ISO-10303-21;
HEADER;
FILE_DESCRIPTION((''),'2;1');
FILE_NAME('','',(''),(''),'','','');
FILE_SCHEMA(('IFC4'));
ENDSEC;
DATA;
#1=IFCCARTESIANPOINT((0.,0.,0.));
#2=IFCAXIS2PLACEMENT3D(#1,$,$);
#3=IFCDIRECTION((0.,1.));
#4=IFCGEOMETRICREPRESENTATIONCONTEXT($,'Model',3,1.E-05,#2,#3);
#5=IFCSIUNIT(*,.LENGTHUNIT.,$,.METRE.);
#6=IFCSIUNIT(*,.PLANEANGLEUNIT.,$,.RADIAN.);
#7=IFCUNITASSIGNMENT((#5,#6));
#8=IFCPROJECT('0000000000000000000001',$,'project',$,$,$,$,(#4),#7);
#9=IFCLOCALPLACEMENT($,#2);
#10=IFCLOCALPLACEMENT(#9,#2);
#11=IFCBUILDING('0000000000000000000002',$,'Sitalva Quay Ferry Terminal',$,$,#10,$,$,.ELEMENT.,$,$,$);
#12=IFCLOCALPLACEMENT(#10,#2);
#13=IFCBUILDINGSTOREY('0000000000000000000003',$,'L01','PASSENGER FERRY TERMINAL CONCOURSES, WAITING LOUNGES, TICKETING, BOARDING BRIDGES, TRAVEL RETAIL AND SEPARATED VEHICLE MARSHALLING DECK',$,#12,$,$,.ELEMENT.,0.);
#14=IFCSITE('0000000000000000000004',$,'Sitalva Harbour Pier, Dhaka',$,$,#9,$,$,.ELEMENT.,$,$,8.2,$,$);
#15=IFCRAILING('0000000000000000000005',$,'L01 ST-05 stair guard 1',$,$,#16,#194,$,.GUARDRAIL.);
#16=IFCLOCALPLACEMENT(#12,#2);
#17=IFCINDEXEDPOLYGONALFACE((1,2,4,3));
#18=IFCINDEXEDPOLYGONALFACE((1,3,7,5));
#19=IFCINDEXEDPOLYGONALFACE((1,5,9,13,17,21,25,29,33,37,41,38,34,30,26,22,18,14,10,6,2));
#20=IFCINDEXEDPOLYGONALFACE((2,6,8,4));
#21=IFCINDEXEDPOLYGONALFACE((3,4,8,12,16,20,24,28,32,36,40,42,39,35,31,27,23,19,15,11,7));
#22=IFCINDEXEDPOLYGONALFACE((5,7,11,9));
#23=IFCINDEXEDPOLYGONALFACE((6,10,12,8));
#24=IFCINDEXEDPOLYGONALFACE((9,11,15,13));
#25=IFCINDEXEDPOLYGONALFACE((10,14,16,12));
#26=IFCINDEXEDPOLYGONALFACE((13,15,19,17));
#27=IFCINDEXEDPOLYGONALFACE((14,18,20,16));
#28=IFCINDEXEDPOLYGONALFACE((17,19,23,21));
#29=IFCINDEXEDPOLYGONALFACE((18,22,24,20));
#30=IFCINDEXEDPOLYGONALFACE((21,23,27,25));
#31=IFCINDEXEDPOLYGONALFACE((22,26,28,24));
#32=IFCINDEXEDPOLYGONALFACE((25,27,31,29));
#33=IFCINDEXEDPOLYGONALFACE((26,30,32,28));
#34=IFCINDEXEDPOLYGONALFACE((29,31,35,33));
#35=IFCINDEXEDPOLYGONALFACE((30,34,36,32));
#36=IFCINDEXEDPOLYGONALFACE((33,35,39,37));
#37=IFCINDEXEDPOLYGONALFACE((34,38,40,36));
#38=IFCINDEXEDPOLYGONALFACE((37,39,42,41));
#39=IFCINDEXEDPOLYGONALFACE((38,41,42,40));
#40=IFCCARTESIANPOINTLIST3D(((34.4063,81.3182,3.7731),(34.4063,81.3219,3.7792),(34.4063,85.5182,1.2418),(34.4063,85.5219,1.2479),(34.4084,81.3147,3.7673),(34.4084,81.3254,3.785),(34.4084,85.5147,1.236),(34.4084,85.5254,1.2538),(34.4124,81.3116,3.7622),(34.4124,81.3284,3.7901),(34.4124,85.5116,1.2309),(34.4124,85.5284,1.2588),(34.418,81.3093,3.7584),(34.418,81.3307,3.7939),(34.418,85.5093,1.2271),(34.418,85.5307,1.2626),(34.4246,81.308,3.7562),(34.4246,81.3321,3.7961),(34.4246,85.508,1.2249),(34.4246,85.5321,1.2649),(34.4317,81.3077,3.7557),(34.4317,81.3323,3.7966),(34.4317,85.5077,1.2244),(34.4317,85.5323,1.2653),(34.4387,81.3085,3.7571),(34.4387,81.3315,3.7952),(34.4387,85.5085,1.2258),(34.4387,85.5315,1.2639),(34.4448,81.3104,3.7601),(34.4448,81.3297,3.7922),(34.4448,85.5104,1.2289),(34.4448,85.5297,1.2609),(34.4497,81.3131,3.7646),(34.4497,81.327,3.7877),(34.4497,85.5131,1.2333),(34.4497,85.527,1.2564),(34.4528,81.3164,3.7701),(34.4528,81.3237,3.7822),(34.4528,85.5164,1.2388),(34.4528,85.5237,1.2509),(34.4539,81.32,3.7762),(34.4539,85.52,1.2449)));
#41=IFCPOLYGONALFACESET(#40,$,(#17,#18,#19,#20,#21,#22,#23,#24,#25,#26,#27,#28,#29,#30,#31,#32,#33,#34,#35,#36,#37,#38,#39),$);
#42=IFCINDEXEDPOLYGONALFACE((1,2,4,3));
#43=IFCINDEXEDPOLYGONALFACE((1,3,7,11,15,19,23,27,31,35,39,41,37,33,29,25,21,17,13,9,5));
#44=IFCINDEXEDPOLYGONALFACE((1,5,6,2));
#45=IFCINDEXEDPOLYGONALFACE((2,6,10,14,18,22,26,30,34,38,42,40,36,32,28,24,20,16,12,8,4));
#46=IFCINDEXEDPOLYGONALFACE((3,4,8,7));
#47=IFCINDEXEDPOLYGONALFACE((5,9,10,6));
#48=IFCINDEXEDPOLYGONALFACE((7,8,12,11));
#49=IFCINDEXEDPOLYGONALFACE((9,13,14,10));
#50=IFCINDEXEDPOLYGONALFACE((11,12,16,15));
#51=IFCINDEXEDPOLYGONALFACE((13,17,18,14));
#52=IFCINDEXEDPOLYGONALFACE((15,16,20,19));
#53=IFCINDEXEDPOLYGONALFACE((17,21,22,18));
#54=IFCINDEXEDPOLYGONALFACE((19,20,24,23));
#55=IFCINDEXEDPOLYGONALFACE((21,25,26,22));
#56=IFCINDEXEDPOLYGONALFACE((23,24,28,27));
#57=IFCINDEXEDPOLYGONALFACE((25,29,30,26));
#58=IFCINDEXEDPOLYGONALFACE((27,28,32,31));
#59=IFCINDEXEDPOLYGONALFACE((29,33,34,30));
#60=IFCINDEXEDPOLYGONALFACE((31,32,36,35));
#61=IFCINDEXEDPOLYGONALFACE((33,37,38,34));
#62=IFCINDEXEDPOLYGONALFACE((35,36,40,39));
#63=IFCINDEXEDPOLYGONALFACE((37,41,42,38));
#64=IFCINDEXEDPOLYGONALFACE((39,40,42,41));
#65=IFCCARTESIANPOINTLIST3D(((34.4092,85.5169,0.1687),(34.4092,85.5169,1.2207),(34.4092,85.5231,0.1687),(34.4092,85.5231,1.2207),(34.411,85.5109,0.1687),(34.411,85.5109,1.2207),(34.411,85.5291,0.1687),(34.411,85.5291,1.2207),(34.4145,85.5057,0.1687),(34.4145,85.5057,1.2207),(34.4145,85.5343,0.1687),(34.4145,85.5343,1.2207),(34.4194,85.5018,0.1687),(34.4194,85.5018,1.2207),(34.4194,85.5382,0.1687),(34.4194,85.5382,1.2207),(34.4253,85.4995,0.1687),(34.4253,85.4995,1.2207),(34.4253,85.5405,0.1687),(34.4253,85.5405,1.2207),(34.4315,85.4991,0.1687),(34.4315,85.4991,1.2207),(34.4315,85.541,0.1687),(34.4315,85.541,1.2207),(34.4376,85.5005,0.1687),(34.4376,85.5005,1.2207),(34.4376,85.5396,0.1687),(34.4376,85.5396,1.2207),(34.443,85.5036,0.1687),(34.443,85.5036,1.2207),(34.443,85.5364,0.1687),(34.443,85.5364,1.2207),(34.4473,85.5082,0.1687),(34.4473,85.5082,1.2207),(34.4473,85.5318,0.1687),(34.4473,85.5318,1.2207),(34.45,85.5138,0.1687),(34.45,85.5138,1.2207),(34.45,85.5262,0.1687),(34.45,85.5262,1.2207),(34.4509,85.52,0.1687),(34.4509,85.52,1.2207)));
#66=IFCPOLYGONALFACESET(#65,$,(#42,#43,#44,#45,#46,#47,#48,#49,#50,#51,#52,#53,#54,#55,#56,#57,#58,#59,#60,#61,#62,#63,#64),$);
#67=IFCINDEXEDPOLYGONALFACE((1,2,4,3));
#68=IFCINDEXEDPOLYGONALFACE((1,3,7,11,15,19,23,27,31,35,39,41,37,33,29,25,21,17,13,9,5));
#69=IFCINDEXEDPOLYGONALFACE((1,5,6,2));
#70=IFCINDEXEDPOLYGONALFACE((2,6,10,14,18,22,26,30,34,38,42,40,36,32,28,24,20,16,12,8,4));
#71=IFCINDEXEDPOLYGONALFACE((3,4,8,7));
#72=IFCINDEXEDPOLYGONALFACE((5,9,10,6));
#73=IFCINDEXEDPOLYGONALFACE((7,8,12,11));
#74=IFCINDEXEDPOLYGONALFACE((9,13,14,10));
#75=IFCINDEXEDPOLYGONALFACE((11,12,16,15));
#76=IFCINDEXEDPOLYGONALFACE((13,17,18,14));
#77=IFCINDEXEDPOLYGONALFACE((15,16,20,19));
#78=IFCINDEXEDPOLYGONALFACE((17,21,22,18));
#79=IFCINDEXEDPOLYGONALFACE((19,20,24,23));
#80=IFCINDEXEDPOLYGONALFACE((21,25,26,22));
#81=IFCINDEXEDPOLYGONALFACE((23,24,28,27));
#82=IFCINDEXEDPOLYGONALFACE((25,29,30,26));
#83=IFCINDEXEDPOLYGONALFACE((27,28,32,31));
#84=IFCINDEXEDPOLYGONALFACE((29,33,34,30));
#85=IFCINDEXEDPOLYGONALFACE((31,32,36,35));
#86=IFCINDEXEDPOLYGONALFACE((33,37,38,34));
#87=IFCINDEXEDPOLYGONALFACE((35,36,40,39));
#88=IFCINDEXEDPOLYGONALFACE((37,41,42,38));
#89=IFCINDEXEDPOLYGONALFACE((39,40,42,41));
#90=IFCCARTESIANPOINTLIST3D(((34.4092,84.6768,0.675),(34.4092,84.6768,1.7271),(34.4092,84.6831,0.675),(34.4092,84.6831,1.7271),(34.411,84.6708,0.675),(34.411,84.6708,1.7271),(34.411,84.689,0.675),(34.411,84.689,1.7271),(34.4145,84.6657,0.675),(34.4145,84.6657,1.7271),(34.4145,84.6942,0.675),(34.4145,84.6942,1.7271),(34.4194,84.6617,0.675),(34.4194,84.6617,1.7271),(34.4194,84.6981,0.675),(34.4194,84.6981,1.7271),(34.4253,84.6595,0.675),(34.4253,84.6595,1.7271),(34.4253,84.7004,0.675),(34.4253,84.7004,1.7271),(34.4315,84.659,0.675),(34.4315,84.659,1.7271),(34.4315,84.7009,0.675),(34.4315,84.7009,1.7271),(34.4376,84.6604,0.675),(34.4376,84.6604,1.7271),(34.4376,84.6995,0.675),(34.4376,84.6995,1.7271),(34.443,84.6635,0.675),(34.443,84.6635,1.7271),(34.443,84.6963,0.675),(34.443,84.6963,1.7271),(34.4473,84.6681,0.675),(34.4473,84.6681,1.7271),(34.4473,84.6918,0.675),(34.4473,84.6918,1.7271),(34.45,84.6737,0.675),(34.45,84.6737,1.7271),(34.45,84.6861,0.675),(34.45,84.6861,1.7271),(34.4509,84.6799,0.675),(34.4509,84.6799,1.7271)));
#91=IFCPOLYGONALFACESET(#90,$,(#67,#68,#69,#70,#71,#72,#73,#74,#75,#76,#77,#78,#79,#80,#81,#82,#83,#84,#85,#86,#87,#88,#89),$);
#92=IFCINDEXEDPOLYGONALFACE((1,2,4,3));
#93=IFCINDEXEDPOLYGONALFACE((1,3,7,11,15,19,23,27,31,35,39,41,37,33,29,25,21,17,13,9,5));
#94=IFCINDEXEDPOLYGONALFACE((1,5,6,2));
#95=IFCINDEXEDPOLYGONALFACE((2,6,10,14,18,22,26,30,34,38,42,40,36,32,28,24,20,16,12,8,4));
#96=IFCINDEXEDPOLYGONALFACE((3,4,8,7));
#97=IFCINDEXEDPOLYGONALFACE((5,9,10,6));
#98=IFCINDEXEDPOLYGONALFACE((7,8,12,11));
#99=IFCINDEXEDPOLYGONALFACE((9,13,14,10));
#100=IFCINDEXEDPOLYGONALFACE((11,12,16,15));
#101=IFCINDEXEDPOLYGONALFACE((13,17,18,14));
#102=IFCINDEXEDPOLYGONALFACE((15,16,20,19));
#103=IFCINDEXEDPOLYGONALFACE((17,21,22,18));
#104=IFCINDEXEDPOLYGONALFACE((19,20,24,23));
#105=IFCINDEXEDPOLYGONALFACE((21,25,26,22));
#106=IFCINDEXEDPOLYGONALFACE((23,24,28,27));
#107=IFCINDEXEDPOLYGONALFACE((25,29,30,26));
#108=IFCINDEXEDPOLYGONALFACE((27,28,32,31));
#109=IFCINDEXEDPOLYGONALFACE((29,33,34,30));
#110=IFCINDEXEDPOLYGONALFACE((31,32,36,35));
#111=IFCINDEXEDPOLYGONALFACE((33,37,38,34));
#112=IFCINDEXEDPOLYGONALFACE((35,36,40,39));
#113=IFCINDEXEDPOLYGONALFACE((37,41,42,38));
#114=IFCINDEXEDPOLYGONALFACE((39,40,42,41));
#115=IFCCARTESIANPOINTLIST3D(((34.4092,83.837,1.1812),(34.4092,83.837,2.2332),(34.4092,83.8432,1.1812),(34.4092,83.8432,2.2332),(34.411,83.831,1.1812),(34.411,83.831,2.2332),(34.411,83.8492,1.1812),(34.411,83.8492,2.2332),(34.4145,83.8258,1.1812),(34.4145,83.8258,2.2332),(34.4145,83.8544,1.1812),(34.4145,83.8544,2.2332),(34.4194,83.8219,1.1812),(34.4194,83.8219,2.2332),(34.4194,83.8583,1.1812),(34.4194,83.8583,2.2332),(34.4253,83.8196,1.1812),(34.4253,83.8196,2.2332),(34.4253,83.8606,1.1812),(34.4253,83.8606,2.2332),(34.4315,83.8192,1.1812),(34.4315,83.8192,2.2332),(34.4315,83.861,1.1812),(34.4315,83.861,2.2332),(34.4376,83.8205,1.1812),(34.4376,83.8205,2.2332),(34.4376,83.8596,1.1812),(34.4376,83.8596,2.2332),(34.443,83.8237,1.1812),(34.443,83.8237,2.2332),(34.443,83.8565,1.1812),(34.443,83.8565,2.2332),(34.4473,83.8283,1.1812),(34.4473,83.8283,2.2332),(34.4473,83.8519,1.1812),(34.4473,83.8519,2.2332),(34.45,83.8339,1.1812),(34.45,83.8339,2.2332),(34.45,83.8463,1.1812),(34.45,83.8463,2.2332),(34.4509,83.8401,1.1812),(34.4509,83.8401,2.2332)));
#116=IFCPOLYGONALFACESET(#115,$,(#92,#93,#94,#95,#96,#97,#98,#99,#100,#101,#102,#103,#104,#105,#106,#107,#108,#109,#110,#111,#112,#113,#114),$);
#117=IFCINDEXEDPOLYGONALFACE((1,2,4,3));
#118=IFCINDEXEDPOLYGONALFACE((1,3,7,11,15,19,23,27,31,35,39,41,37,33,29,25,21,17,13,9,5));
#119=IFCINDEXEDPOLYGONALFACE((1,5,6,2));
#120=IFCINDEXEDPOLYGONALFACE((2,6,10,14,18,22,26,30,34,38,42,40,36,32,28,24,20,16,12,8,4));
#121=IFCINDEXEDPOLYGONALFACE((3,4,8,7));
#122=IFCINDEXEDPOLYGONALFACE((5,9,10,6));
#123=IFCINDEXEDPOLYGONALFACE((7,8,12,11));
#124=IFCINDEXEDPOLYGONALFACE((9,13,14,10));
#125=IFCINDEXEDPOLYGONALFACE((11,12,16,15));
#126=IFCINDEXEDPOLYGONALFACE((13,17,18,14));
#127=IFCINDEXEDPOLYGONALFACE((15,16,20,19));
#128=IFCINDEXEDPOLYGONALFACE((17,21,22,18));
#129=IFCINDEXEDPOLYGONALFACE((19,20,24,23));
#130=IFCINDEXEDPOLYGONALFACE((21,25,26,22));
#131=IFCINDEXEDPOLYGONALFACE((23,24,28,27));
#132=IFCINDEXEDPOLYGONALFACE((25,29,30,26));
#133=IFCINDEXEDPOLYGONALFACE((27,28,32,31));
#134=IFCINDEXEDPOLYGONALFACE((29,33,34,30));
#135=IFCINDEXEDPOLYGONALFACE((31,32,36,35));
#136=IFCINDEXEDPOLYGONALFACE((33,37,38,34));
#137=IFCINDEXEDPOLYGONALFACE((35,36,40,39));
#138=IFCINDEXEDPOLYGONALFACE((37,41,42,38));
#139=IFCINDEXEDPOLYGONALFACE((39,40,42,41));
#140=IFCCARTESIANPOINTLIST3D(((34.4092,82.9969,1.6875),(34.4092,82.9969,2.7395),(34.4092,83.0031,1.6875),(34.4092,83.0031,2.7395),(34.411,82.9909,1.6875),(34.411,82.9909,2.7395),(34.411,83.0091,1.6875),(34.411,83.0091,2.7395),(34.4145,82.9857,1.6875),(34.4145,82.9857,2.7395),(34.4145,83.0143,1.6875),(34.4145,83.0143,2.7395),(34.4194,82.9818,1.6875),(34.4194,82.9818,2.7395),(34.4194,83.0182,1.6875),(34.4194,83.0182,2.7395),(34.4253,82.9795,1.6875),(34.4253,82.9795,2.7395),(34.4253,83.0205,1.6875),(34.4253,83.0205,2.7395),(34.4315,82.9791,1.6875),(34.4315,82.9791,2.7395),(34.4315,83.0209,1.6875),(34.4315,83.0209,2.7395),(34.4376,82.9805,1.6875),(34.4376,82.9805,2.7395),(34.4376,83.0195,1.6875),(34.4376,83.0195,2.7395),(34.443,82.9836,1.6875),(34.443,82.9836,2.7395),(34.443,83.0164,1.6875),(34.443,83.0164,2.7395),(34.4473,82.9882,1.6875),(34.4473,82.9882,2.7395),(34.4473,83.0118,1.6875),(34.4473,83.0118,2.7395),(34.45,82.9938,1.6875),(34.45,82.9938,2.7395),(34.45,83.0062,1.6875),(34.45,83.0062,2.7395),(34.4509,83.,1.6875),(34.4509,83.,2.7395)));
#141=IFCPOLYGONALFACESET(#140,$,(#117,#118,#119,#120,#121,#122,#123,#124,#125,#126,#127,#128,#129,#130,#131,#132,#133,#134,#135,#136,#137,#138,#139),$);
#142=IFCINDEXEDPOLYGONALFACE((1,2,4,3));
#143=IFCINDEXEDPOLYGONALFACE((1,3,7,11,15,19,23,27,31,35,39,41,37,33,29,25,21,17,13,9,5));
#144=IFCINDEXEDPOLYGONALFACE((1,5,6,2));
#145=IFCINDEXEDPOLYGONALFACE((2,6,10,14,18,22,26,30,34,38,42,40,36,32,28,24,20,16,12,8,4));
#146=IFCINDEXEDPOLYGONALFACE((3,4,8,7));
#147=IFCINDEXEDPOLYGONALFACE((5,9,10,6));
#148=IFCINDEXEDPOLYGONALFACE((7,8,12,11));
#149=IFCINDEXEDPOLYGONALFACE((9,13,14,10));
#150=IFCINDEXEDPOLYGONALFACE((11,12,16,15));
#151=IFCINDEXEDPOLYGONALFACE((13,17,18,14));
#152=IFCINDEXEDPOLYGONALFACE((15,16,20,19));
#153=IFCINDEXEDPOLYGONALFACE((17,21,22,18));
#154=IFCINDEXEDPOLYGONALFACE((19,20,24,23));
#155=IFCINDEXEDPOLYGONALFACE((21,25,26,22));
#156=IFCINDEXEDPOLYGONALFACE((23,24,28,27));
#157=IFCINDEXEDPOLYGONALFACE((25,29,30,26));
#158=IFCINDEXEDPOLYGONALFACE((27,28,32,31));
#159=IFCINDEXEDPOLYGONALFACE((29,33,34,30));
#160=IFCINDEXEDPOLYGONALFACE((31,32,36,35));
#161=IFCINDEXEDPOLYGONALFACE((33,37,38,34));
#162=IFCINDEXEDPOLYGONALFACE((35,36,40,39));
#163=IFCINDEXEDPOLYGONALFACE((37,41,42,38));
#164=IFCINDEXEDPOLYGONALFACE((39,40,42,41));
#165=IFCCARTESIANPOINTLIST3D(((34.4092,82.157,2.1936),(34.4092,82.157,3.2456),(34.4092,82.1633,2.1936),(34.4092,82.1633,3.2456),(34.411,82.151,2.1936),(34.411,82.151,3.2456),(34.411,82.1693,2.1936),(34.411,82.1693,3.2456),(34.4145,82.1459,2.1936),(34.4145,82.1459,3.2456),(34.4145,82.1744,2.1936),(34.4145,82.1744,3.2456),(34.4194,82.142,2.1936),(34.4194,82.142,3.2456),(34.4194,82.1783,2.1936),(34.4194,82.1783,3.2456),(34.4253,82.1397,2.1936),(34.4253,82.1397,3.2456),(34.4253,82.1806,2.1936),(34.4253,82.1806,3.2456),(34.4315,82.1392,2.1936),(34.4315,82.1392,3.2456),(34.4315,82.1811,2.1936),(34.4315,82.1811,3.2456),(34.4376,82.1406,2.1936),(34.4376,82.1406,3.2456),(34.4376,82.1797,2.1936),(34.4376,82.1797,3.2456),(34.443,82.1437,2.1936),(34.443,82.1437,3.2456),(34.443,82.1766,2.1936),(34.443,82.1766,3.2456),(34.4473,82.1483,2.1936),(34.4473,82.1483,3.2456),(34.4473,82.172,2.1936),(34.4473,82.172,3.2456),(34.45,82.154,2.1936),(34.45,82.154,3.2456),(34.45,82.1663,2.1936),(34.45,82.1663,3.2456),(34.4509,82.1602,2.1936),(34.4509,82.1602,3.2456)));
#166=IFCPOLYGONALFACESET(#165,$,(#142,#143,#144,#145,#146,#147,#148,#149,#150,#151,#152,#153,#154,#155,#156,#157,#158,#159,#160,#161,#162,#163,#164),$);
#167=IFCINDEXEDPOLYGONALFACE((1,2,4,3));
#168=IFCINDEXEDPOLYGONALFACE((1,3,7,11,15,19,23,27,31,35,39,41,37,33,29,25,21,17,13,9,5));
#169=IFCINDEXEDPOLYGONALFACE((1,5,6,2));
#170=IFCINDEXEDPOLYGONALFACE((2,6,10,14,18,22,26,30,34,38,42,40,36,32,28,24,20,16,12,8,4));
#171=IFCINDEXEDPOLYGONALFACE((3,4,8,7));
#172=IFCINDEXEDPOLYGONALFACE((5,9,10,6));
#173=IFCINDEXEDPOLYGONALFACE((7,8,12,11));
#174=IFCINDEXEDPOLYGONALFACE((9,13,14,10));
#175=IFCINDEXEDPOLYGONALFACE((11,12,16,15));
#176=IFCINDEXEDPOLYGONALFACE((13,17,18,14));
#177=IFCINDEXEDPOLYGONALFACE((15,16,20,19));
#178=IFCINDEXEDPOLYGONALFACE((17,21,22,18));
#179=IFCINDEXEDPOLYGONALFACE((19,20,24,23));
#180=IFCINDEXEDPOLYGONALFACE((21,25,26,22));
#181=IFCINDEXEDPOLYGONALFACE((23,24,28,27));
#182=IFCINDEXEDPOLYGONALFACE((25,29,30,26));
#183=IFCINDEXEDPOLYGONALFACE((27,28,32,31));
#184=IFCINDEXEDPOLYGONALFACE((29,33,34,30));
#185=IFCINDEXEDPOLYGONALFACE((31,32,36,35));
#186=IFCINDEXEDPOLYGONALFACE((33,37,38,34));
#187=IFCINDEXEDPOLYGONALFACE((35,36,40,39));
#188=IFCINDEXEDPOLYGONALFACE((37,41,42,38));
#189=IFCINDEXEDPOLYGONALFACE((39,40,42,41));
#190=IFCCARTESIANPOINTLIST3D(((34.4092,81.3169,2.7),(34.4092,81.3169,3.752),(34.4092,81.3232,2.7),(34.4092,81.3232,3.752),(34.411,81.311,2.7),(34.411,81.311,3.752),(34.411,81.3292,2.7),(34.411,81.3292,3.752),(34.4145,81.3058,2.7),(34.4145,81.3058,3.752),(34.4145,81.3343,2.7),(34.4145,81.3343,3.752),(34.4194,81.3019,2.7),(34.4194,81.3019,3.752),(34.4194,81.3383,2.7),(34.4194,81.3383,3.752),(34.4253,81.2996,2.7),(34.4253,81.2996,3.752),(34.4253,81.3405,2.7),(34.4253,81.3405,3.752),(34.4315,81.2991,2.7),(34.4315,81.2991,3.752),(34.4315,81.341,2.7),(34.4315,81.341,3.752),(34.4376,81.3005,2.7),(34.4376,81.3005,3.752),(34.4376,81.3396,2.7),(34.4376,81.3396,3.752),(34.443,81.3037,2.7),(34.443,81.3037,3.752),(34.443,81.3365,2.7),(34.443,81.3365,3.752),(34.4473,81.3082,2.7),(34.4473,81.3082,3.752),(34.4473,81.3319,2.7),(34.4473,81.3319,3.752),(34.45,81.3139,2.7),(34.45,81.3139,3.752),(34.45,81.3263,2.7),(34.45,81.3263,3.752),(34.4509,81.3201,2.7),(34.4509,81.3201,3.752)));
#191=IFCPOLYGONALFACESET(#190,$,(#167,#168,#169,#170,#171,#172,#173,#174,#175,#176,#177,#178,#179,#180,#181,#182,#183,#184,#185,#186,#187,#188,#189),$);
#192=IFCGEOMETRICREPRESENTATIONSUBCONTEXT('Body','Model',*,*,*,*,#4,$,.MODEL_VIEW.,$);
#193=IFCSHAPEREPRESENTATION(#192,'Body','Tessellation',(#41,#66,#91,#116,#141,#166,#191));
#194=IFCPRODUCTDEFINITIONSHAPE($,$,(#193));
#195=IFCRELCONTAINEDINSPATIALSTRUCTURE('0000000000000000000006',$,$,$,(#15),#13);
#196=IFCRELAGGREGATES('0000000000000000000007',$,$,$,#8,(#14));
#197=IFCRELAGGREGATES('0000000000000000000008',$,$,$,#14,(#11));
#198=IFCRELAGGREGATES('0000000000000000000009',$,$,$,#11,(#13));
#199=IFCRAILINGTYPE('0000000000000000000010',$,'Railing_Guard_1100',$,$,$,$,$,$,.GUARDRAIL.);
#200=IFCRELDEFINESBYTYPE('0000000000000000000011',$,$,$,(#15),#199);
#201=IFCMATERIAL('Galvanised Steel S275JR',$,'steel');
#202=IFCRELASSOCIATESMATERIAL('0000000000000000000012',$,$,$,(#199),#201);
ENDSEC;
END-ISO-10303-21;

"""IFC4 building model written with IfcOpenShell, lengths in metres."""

from ifc_helpers import new_model, si_unit, direction, frame, origin, origin_2d, place, context, subcontext, project, spatial, circle, extrude, material, type_object, element, save


model = new_model("IFC4")

# Units and contexts
model_context = context("Model", 3, precision=1e-05, world=origin(), true_north=direction((0.0, 1.0)))
body_context = subcontext(model_context, "Body", "Model", "MODEL_VIEW")
ifc_project = project(units=[si_unit("LENGTHUNIT", "METRE"), si_unit("PLANEANGLEUNIT", "RADIAN")], contexts=[model_context])

# Site, building, storey
site_placement = place(None, origin())
site = spatial("IfcSite", under=ifc_project, at=site_placement, Name="Sitalva Harbour Pier, Dhaka", CompositionType="ELEMENT", RefElevation=8.2)
building_placement = place(site_placement, origin())
building = spatial("IfcBuilding", under=site, at=building_placement, Name="Sitalva Quay Ferry Terminal", CompositionType="ELEMENT")
storey_placement = place(building_placement, origin())
storey = spatial("IfcBuildingStorey", under=building, at=storey_placement, Name="L01", Description="PASSENGER FERRY TERMINAL CONCOURSES, WAITING LOUNGES, TICKETING, BOARDING BRIDGES, TRAVEL RETAIL AND SEPARATED VEHICLE MARSHALLING DECK", CompositionType="ELEMENT", Elevation=0.0)

# Railing
ifc_material_1 = material(Name="Galvanised Steel S275JR", Category="steel")
railing_type_1 = type_object("IfcRailingType", Name="Railing_Guard_1100", PredefinedType="GUARDRAIL", material=ifc_material_1)
railing_1_placement = place(storey_placement, frame((34.4299, 85.52, 0.1687)))
element("IfcRailing", 1, at=railing_1_placement, inside=storey, type_object=railing_type_1, Name="L01 ST-05 stair guard 1", PredefinedType="GUARDRAIL", context=body_context, shape_type="SweptSolid", body=[
    extrude(circle(Radius=0.0239, at=origin_2d()), frame((0.0, 0.0, 1.0762), z_axis=(0.0, -0.856476, 0.516186), x_axis=(1.0, 0.0, 0.0)), (0.0, 0.0, 1.0), 4.9038),
    extrude(circle(Radius=0.021, at=origin_2d()), origin(), (0.0, 0.0, 1.0), 1.052),
    extrude(circle(Radius=0.021, at=origin_2d()), frame((0.0, -0.8401, 0.5063)), (0.0, 0.0, 1.0), 1.052),
    extrude(circle(Radius=0.021, at=origin_2d()), frame((0.0, -1.6799, 1.0125)), (0.0, 0.0, 1.0), 1.052),
    extrude(circle(Radius=0.021, at=origin_2d()), frame((0.0, -2.52, 1.5188)), (0.0, 0.0, 1.0), 1.052),
    extrude(circle(Radius=0.021, at=origin_2d()), frame((0.0, -3.3599, 2.0249)), (0.0, 0.0, 1.0), 1.052),
    extrude(circle(Radius=0.021, at=origin_2d()), frame((0.0, -4.2, 2.5312)), (0.0, 0.0, 1.0), 1.052),
])

save(model, "model.ifc")
